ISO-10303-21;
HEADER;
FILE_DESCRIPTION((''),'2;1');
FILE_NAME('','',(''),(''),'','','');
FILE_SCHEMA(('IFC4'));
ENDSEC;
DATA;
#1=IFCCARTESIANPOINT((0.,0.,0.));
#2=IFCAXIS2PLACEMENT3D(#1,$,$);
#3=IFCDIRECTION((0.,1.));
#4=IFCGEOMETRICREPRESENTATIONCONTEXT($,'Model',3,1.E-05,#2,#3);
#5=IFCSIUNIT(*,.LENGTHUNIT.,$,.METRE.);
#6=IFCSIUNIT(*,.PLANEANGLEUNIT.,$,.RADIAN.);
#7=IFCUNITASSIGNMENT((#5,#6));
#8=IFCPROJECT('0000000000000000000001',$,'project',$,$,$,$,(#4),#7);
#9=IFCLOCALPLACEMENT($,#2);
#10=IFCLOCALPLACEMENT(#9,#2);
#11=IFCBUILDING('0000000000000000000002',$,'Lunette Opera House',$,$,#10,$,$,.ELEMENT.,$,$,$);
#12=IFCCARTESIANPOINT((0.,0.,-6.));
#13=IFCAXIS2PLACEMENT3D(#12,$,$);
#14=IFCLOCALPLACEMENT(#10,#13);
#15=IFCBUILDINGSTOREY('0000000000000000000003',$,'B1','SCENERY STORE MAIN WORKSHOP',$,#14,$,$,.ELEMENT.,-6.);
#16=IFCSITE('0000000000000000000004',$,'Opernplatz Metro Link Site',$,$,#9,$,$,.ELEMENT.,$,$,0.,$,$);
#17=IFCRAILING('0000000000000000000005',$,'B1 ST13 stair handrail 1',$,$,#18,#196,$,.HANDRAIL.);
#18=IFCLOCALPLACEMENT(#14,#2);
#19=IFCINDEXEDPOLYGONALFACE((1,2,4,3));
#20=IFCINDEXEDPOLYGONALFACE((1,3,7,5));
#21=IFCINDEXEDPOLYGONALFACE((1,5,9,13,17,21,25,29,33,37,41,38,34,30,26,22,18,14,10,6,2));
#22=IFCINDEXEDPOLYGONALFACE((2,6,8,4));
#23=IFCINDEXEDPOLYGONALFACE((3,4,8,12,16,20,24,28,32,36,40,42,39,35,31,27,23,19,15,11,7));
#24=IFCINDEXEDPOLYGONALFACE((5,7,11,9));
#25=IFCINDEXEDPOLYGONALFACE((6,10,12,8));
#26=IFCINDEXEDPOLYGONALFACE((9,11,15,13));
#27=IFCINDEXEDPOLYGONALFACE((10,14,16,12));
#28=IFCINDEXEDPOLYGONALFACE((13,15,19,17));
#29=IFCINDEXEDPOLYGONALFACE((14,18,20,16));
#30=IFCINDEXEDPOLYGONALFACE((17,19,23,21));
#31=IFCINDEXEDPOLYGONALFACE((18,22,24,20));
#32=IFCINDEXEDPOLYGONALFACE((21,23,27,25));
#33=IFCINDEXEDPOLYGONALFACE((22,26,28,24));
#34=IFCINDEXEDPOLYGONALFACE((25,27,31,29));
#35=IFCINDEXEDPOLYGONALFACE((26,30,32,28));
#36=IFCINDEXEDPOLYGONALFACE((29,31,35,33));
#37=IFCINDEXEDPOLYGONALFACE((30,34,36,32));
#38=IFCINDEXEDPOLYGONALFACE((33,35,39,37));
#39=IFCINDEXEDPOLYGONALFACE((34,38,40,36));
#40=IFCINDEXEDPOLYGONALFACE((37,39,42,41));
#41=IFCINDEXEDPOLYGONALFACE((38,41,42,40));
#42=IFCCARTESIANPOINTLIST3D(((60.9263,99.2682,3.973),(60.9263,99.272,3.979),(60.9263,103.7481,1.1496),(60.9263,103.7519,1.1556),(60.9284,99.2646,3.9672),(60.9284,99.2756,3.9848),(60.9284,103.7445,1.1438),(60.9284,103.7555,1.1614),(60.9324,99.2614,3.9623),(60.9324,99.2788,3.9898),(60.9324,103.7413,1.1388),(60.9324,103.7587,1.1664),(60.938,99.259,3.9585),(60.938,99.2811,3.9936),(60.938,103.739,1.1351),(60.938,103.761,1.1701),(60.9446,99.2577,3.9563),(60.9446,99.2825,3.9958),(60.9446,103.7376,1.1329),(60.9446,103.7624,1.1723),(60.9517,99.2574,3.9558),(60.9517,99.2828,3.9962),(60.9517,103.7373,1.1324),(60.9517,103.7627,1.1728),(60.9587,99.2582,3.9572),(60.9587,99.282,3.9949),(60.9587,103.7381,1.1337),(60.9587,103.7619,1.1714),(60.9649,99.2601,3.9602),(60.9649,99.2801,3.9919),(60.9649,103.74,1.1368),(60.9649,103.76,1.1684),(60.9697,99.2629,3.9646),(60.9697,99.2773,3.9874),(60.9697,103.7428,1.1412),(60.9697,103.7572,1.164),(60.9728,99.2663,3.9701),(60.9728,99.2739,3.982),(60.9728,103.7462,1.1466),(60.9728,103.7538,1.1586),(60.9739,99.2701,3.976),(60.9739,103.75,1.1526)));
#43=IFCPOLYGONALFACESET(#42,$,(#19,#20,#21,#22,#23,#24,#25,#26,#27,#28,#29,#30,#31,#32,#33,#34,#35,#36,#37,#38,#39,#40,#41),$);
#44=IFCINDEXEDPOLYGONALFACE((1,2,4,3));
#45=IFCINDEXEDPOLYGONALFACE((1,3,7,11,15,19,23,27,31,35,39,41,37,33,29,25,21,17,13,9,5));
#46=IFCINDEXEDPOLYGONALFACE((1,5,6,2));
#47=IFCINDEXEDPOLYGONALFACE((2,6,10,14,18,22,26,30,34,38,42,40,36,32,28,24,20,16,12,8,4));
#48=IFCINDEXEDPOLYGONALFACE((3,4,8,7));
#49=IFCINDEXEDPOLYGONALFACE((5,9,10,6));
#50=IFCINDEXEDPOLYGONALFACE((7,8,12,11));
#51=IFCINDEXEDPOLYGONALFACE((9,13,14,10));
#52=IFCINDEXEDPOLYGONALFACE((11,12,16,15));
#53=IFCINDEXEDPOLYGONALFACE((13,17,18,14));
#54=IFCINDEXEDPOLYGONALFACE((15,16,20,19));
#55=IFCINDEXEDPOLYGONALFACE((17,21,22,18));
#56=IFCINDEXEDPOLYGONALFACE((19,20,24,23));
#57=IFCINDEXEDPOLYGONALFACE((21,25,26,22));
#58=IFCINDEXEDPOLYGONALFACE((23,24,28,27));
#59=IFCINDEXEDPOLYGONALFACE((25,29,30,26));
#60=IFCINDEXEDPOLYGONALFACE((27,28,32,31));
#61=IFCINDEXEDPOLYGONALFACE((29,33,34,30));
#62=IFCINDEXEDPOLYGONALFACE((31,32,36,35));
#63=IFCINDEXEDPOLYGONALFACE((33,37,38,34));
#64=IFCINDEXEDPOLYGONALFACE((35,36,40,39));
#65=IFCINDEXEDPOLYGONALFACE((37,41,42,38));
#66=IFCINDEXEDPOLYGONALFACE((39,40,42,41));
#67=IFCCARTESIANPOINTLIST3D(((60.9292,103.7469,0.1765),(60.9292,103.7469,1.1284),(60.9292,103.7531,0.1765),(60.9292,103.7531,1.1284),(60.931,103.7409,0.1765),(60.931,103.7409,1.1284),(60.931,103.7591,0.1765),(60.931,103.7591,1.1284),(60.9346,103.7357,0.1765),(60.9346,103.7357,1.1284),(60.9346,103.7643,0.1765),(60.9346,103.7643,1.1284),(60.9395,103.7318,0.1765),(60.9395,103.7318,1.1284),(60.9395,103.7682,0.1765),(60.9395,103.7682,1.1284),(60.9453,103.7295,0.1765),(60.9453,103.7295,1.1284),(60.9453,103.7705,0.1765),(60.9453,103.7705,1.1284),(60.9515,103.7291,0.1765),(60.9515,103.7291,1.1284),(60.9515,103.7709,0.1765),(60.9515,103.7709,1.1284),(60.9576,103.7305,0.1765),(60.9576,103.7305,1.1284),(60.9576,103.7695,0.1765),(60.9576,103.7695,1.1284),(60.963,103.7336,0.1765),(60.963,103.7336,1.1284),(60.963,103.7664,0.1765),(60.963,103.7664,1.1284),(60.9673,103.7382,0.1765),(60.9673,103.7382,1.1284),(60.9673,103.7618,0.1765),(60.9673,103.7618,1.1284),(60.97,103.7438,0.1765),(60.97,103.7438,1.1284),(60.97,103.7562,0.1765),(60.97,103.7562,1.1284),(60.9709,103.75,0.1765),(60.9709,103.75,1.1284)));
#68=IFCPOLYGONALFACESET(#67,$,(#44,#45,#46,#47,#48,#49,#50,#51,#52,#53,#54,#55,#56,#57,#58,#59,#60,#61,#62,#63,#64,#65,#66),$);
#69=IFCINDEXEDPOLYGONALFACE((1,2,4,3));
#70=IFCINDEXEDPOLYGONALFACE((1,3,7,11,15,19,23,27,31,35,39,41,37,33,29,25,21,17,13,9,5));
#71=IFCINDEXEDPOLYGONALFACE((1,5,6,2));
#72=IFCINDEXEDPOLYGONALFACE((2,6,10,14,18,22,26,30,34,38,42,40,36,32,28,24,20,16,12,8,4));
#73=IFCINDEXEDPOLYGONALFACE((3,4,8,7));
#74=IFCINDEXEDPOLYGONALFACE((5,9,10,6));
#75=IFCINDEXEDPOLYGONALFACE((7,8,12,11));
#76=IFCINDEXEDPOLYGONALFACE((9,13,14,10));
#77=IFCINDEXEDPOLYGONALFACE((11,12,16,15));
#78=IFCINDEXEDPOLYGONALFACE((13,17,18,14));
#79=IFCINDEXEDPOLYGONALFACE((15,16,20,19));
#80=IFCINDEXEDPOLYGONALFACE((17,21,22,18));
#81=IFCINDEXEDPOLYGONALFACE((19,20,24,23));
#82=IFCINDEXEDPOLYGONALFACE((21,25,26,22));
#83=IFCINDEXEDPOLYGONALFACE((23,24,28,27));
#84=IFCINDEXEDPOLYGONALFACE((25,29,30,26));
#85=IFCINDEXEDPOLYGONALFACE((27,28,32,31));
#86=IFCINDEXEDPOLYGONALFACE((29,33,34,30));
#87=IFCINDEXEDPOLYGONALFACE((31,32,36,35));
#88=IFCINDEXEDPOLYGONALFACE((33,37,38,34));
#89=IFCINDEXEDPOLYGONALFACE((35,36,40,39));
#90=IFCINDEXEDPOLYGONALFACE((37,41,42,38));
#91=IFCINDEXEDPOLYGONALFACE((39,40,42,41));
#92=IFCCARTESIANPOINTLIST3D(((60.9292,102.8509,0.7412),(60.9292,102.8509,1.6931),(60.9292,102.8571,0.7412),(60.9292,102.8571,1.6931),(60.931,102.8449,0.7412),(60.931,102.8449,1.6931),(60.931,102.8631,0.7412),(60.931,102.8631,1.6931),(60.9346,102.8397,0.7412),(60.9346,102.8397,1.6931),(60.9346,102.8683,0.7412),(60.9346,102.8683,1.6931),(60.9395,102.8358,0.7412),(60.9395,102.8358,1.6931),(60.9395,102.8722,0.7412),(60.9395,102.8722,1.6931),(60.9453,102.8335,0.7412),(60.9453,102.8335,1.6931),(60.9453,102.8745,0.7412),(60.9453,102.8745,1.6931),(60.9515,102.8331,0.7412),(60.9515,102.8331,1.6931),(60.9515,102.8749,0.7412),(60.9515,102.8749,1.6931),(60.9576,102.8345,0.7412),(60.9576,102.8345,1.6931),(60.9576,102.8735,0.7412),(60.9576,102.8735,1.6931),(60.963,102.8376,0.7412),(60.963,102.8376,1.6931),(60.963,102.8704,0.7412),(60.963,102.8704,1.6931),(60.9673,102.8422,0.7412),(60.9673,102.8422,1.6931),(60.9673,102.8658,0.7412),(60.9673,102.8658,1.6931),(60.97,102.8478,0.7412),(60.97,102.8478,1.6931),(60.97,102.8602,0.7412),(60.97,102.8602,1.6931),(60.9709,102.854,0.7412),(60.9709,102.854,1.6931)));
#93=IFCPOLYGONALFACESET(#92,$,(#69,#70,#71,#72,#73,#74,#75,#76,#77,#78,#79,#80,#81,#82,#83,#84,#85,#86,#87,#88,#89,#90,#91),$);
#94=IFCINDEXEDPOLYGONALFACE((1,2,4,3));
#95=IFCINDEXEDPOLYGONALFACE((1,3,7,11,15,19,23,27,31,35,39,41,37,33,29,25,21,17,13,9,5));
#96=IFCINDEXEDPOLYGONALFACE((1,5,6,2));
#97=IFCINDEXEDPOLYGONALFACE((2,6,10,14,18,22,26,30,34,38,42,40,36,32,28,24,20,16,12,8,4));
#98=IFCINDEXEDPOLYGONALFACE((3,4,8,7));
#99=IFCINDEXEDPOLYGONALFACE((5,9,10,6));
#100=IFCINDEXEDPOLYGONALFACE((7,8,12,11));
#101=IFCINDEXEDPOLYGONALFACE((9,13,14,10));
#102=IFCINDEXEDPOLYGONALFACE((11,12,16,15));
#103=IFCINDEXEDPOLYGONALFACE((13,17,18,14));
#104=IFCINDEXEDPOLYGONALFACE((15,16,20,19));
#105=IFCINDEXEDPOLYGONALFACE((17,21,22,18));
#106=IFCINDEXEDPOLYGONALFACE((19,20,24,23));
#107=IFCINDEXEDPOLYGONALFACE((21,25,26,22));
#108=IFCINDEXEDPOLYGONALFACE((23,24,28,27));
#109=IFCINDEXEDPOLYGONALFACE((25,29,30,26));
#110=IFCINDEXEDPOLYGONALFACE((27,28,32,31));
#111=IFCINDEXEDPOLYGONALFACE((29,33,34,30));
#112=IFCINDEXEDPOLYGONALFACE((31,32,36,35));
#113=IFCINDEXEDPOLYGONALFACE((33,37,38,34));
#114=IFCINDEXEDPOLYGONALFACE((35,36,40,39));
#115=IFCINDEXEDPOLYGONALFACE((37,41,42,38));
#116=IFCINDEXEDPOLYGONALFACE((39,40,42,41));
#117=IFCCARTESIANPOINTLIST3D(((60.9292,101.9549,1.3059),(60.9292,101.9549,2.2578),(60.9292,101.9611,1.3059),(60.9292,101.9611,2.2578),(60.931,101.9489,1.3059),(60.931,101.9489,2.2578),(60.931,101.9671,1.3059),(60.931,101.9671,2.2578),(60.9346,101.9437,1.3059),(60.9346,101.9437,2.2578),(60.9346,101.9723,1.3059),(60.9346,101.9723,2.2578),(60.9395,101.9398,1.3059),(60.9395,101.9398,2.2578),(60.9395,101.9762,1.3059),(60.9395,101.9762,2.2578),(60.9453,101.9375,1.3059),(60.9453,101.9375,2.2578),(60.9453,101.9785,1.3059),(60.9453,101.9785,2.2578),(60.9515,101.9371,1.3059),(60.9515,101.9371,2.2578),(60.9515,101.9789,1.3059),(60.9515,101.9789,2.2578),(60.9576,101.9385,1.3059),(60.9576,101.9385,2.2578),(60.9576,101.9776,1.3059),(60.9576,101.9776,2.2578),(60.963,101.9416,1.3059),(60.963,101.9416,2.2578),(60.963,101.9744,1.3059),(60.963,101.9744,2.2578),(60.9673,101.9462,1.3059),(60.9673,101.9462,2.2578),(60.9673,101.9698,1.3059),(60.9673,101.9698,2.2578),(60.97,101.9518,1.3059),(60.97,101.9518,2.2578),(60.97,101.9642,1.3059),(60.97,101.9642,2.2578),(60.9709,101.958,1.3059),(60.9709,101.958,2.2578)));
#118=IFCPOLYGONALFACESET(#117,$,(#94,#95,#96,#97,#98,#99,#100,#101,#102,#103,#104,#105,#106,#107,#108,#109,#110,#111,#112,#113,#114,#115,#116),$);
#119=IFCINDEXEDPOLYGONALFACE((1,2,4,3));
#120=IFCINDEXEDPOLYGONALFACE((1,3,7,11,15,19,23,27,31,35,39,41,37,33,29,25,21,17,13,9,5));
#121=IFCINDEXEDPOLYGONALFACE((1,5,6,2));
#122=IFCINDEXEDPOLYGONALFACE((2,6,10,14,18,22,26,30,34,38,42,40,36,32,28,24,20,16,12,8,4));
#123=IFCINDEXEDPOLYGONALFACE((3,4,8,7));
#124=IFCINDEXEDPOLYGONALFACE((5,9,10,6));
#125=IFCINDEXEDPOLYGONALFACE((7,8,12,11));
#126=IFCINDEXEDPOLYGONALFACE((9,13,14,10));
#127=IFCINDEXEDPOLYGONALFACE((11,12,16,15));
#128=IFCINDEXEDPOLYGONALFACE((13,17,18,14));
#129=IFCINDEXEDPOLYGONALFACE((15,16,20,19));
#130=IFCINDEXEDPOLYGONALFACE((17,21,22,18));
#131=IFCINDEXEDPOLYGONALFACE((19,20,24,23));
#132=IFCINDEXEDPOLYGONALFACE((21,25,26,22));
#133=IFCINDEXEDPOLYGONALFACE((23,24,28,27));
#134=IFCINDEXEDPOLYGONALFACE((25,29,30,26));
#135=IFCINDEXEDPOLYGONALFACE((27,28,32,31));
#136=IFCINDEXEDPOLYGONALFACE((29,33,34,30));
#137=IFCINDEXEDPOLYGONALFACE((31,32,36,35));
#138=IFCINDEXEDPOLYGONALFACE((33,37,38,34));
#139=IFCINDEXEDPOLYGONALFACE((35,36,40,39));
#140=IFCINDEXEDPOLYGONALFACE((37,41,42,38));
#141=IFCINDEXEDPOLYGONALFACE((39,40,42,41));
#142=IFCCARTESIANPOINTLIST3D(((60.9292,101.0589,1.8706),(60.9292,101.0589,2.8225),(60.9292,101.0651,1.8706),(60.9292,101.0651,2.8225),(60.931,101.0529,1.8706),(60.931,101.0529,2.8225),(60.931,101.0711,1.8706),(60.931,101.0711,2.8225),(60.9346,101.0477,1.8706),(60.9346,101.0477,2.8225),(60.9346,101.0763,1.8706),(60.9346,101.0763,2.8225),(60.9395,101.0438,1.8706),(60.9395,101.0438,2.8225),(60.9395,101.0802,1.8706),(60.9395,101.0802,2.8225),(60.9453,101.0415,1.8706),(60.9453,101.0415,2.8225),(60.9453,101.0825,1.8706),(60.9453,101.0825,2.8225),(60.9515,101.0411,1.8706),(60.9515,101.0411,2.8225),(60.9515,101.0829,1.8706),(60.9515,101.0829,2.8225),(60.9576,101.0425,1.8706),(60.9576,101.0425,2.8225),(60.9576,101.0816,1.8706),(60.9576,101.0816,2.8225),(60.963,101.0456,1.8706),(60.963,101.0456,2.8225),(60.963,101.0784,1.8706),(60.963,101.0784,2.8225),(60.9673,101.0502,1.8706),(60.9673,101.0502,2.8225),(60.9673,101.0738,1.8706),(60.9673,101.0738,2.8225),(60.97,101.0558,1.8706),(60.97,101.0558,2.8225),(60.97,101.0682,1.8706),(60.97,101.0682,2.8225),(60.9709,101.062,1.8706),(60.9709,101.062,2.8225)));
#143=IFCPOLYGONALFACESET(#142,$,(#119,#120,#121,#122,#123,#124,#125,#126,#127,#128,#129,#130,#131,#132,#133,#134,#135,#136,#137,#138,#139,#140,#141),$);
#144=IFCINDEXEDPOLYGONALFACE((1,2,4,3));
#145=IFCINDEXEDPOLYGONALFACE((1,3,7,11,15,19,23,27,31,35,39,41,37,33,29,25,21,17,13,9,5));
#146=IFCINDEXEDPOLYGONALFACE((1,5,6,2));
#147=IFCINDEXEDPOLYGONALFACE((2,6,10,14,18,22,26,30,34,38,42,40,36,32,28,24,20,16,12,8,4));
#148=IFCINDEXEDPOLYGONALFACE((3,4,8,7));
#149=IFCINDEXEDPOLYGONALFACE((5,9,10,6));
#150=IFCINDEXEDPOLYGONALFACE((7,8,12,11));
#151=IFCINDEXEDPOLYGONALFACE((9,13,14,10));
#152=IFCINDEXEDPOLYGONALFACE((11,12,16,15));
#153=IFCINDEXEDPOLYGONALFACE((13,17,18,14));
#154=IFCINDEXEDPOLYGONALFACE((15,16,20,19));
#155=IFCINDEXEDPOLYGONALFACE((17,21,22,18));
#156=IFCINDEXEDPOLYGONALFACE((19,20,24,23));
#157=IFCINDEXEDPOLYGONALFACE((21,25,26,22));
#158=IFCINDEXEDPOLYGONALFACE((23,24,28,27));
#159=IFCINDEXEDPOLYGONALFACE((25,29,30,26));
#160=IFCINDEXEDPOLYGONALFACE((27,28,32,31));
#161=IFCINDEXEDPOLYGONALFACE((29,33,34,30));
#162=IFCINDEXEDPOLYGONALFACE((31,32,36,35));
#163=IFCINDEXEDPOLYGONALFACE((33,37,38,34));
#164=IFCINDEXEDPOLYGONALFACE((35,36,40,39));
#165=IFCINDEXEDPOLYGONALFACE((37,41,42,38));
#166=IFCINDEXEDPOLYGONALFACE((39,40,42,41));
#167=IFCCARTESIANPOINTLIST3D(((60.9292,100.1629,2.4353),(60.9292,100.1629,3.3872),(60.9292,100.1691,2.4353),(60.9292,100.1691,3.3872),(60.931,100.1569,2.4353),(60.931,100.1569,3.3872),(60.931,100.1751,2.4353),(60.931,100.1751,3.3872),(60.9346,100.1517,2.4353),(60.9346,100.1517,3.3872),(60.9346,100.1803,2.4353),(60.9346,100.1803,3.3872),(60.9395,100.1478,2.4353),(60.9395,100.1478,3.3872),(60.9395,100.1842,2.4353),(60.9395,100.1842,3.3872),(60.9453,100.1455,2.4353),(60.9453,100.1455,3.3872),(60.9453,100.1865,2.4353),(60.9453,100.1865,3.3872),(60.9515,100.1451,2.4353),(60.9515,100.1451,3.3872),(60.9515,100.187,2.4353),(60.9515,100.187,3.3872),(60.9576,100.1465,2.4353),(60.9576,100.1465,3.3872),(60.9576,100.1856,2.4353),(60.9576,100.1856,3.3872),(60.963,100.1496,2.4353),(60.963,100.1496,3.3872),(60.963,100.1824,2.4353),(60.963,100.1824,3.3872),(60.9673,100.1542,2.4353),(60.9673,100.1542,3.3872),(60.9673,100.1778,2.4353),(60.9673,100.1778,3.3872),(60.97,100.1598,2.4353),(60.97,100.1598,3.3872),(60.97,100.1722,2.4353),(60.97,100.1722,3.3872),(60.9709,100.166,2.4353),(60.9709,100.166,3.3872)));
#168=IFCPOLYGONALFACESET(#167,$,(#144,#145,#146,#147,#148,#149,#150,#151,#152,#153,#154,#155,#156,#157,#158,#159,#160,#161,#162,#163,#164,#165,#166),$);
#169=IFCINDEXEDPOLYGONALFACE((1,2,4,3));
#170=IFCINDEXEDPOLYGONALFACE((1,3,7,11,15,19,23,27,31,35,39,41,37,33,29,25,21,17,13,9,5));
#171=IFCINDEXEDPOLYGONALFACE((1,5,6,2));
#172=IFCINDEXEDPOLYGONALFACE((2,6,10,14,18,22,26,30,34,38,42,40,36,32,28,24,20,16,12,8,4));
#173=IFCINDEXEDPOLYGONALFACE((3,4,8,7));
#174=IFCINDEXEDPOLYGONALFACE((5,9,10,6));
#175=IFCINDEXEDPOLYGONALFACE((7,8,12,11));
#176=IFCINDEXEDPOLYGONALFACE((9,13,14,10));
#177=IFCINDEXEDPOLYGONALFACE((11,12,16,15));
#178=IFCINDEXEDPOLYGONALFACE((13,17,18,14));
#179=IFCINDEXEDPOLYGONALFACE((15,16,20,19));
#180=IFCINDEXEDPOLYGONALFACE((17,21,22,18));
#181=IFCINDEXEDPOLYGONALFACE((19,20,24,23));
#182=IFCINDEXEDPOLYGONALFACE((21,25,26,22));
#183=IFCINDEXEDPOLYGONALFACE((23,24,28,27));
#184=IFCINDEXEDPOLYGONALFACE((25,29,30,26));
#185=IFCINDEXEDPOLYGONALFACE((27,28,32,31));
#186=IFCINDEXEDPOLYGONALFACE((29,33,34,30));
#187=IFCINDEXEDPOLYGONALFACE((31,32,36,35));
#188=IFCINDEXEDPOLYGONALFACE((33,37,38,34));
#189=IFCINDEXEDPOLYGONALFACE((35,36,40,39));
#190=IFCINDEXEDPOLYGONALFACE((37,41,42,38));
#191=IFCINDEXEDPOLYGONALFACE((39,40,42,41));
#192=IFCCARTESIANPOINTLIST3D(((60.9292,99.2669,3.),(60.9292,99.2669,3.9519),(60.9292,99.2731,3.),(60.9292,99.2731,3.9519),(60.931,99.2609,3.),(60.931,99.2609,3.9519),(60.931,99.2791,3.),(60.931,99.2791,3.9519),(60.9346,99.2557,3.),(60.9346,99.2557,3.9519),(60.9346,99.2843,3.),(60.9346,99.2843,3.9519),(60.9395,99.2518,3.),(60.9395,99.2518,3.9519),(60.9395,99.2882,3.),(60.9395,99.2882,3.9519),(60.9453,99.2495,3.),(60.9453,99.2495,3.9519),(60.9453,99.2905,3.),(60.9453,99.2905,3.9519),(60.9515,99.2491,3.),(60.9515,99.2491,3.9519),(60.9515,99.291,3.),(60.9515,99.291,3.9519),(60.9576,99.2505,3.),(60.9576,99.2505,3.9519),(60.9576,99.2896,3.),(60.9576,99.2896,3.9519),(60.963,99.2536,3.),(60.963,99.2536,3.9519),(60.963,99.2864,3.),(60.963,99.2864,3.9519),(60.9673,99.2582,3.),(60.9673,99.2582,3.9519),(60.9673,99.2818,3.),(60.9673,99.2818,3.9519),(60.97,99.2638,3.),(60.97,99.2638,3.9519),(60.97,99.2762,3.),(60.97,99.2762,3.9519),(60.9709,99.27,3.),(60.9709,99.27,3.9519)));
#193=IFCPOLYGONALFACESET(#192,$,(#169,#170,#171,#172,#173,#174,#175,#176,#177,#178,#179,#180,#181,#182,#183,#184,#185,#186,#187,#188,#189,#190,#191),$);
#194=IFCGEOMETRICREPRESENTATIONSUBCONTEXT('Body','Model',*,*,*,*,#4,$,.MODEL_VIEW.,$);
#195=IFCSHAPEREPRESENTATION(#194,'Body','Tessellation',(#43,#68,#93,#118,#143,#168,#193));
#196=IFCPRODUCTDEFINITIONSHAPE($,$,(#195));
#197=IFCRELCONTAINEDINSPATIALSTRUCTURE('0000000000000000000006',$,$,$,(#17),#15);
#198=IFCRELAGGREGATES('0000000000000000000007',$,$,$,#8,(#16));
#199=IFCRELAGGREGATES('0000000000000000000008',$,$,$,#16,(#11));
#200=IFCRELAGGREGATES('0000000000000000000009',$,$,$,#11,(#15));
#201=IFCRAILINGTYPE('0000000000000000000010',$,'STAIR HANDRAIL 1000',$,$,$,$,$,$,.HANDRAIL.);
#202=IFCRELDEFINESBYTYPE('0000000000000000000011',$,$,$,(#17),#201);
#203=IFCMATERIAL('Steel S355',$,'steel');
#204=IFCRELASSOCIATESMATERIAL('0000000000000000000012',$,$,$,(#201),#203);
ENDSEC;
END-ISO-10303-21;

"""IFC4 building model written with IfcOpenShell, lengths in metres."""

from ifc_helpers import new_model, si_unit, direction, frame, origin, origin_2d, place, context, subcontext, project, spatial, circle, extrude, material, type_object, element, save


model = new_model("IFC4")

# Units and contexts
model_context = context("Model", 3, precision=1e-05, world=origin(), true_north=direction((0.0, 1.0)))
body_context = subcontext(model_context, "Body", "Model", "MODEL_VIEW")
ifc_project = project(units=[si_unit("LENGTHUNIT", "METRE"), si_unit("PLANEANGLEUNIT", "RADIAN")], contexts=[model_context])

# Site, building, storey
site_placement = place(None, origin())
site = spatial("IfcSite", under=ifc_project, at=site_placement, Name="Opernplatz Metro Link Site", CompositionType="ELEMENT", RefElevation=0.0)
building_placement = place(site_placement, origin())
building = spatial("IfcBuilding", under=site, at=building_placement, Name="Lunette Opera House", CompositionType="ELEMENT")
storey_placement = place(building_placement, frame((0.0, 0.0, -6.0)))
storey = spatial("IfcBuildingStorey", under=building, at=storey_placement, Name="B1", Description="SCENERY STORE MAIN WORKSHOP", CompositionType="ELEMENT", Elevation=-6.0)

# Railing
ifc_material_1 = material(Name="Steel S355", Category="steel")
railing_type_1 = type_object("IfcRailingType", Name="STAIR HANDRAIL 1000", PredefinedType="HANDRAIL", material=ifc_material_1)
railing_1_placement = place(storey_placement, frame((60.95, 103.75, 0.1765)))
element("IfcRailing", 1, at=railing_1_placement, inside=storey, type_object=railing_type_1, Name="B1 ST13 stair handrail 1", PredefinedType="HANDRAIL", context=body_context, shape_type="SweptSolid", body=[
    extrude(circle(Radius=0.0239, at=origin_2d()), frame((0.0, 0.0, 0.9761), z_axis=(0.0, -0.845998, 0.533186), x_axis=(1.0, 0.0, 0.0)), (0.0, 0.0, 1.0), 5.2954),
    extrude(circle(Radius=0.021, at=origin_2d()), origin(), (0.0, 0.0, 1.0), 0.9519),
    extrude(circle(Radius=0.021, at=origin_2d()), frame((0.0, -0.896, 0.5647)), (0.0, 0.0, 1.0), 0.9519),
    extrude(circle(Radius=0.021, at=origin_2d()), frame((0.0, -1.792, 1.1294)), (0.0, 0.0, 1.0), 0.9519),
    extrude(circle(Radius=0.021, at=origin_2d()), frame((0.0, -2.688, 1.6941)), (0.0, 0.0, 1.0), 0.9519),
    extrude(circle(Radius=0.021, at=origin_2d()), frame((0.0, -3.584, 2.2588)), (0.0, 0.0, 1.0), 0.9519),
    extrude(circle(Radius=0.021, at=origin_2d()), frame((0.0, -4.48, 2.8235)), (0.0, 0.0, 1.0), 0.9519),
])

save(model, "model.ifc")
